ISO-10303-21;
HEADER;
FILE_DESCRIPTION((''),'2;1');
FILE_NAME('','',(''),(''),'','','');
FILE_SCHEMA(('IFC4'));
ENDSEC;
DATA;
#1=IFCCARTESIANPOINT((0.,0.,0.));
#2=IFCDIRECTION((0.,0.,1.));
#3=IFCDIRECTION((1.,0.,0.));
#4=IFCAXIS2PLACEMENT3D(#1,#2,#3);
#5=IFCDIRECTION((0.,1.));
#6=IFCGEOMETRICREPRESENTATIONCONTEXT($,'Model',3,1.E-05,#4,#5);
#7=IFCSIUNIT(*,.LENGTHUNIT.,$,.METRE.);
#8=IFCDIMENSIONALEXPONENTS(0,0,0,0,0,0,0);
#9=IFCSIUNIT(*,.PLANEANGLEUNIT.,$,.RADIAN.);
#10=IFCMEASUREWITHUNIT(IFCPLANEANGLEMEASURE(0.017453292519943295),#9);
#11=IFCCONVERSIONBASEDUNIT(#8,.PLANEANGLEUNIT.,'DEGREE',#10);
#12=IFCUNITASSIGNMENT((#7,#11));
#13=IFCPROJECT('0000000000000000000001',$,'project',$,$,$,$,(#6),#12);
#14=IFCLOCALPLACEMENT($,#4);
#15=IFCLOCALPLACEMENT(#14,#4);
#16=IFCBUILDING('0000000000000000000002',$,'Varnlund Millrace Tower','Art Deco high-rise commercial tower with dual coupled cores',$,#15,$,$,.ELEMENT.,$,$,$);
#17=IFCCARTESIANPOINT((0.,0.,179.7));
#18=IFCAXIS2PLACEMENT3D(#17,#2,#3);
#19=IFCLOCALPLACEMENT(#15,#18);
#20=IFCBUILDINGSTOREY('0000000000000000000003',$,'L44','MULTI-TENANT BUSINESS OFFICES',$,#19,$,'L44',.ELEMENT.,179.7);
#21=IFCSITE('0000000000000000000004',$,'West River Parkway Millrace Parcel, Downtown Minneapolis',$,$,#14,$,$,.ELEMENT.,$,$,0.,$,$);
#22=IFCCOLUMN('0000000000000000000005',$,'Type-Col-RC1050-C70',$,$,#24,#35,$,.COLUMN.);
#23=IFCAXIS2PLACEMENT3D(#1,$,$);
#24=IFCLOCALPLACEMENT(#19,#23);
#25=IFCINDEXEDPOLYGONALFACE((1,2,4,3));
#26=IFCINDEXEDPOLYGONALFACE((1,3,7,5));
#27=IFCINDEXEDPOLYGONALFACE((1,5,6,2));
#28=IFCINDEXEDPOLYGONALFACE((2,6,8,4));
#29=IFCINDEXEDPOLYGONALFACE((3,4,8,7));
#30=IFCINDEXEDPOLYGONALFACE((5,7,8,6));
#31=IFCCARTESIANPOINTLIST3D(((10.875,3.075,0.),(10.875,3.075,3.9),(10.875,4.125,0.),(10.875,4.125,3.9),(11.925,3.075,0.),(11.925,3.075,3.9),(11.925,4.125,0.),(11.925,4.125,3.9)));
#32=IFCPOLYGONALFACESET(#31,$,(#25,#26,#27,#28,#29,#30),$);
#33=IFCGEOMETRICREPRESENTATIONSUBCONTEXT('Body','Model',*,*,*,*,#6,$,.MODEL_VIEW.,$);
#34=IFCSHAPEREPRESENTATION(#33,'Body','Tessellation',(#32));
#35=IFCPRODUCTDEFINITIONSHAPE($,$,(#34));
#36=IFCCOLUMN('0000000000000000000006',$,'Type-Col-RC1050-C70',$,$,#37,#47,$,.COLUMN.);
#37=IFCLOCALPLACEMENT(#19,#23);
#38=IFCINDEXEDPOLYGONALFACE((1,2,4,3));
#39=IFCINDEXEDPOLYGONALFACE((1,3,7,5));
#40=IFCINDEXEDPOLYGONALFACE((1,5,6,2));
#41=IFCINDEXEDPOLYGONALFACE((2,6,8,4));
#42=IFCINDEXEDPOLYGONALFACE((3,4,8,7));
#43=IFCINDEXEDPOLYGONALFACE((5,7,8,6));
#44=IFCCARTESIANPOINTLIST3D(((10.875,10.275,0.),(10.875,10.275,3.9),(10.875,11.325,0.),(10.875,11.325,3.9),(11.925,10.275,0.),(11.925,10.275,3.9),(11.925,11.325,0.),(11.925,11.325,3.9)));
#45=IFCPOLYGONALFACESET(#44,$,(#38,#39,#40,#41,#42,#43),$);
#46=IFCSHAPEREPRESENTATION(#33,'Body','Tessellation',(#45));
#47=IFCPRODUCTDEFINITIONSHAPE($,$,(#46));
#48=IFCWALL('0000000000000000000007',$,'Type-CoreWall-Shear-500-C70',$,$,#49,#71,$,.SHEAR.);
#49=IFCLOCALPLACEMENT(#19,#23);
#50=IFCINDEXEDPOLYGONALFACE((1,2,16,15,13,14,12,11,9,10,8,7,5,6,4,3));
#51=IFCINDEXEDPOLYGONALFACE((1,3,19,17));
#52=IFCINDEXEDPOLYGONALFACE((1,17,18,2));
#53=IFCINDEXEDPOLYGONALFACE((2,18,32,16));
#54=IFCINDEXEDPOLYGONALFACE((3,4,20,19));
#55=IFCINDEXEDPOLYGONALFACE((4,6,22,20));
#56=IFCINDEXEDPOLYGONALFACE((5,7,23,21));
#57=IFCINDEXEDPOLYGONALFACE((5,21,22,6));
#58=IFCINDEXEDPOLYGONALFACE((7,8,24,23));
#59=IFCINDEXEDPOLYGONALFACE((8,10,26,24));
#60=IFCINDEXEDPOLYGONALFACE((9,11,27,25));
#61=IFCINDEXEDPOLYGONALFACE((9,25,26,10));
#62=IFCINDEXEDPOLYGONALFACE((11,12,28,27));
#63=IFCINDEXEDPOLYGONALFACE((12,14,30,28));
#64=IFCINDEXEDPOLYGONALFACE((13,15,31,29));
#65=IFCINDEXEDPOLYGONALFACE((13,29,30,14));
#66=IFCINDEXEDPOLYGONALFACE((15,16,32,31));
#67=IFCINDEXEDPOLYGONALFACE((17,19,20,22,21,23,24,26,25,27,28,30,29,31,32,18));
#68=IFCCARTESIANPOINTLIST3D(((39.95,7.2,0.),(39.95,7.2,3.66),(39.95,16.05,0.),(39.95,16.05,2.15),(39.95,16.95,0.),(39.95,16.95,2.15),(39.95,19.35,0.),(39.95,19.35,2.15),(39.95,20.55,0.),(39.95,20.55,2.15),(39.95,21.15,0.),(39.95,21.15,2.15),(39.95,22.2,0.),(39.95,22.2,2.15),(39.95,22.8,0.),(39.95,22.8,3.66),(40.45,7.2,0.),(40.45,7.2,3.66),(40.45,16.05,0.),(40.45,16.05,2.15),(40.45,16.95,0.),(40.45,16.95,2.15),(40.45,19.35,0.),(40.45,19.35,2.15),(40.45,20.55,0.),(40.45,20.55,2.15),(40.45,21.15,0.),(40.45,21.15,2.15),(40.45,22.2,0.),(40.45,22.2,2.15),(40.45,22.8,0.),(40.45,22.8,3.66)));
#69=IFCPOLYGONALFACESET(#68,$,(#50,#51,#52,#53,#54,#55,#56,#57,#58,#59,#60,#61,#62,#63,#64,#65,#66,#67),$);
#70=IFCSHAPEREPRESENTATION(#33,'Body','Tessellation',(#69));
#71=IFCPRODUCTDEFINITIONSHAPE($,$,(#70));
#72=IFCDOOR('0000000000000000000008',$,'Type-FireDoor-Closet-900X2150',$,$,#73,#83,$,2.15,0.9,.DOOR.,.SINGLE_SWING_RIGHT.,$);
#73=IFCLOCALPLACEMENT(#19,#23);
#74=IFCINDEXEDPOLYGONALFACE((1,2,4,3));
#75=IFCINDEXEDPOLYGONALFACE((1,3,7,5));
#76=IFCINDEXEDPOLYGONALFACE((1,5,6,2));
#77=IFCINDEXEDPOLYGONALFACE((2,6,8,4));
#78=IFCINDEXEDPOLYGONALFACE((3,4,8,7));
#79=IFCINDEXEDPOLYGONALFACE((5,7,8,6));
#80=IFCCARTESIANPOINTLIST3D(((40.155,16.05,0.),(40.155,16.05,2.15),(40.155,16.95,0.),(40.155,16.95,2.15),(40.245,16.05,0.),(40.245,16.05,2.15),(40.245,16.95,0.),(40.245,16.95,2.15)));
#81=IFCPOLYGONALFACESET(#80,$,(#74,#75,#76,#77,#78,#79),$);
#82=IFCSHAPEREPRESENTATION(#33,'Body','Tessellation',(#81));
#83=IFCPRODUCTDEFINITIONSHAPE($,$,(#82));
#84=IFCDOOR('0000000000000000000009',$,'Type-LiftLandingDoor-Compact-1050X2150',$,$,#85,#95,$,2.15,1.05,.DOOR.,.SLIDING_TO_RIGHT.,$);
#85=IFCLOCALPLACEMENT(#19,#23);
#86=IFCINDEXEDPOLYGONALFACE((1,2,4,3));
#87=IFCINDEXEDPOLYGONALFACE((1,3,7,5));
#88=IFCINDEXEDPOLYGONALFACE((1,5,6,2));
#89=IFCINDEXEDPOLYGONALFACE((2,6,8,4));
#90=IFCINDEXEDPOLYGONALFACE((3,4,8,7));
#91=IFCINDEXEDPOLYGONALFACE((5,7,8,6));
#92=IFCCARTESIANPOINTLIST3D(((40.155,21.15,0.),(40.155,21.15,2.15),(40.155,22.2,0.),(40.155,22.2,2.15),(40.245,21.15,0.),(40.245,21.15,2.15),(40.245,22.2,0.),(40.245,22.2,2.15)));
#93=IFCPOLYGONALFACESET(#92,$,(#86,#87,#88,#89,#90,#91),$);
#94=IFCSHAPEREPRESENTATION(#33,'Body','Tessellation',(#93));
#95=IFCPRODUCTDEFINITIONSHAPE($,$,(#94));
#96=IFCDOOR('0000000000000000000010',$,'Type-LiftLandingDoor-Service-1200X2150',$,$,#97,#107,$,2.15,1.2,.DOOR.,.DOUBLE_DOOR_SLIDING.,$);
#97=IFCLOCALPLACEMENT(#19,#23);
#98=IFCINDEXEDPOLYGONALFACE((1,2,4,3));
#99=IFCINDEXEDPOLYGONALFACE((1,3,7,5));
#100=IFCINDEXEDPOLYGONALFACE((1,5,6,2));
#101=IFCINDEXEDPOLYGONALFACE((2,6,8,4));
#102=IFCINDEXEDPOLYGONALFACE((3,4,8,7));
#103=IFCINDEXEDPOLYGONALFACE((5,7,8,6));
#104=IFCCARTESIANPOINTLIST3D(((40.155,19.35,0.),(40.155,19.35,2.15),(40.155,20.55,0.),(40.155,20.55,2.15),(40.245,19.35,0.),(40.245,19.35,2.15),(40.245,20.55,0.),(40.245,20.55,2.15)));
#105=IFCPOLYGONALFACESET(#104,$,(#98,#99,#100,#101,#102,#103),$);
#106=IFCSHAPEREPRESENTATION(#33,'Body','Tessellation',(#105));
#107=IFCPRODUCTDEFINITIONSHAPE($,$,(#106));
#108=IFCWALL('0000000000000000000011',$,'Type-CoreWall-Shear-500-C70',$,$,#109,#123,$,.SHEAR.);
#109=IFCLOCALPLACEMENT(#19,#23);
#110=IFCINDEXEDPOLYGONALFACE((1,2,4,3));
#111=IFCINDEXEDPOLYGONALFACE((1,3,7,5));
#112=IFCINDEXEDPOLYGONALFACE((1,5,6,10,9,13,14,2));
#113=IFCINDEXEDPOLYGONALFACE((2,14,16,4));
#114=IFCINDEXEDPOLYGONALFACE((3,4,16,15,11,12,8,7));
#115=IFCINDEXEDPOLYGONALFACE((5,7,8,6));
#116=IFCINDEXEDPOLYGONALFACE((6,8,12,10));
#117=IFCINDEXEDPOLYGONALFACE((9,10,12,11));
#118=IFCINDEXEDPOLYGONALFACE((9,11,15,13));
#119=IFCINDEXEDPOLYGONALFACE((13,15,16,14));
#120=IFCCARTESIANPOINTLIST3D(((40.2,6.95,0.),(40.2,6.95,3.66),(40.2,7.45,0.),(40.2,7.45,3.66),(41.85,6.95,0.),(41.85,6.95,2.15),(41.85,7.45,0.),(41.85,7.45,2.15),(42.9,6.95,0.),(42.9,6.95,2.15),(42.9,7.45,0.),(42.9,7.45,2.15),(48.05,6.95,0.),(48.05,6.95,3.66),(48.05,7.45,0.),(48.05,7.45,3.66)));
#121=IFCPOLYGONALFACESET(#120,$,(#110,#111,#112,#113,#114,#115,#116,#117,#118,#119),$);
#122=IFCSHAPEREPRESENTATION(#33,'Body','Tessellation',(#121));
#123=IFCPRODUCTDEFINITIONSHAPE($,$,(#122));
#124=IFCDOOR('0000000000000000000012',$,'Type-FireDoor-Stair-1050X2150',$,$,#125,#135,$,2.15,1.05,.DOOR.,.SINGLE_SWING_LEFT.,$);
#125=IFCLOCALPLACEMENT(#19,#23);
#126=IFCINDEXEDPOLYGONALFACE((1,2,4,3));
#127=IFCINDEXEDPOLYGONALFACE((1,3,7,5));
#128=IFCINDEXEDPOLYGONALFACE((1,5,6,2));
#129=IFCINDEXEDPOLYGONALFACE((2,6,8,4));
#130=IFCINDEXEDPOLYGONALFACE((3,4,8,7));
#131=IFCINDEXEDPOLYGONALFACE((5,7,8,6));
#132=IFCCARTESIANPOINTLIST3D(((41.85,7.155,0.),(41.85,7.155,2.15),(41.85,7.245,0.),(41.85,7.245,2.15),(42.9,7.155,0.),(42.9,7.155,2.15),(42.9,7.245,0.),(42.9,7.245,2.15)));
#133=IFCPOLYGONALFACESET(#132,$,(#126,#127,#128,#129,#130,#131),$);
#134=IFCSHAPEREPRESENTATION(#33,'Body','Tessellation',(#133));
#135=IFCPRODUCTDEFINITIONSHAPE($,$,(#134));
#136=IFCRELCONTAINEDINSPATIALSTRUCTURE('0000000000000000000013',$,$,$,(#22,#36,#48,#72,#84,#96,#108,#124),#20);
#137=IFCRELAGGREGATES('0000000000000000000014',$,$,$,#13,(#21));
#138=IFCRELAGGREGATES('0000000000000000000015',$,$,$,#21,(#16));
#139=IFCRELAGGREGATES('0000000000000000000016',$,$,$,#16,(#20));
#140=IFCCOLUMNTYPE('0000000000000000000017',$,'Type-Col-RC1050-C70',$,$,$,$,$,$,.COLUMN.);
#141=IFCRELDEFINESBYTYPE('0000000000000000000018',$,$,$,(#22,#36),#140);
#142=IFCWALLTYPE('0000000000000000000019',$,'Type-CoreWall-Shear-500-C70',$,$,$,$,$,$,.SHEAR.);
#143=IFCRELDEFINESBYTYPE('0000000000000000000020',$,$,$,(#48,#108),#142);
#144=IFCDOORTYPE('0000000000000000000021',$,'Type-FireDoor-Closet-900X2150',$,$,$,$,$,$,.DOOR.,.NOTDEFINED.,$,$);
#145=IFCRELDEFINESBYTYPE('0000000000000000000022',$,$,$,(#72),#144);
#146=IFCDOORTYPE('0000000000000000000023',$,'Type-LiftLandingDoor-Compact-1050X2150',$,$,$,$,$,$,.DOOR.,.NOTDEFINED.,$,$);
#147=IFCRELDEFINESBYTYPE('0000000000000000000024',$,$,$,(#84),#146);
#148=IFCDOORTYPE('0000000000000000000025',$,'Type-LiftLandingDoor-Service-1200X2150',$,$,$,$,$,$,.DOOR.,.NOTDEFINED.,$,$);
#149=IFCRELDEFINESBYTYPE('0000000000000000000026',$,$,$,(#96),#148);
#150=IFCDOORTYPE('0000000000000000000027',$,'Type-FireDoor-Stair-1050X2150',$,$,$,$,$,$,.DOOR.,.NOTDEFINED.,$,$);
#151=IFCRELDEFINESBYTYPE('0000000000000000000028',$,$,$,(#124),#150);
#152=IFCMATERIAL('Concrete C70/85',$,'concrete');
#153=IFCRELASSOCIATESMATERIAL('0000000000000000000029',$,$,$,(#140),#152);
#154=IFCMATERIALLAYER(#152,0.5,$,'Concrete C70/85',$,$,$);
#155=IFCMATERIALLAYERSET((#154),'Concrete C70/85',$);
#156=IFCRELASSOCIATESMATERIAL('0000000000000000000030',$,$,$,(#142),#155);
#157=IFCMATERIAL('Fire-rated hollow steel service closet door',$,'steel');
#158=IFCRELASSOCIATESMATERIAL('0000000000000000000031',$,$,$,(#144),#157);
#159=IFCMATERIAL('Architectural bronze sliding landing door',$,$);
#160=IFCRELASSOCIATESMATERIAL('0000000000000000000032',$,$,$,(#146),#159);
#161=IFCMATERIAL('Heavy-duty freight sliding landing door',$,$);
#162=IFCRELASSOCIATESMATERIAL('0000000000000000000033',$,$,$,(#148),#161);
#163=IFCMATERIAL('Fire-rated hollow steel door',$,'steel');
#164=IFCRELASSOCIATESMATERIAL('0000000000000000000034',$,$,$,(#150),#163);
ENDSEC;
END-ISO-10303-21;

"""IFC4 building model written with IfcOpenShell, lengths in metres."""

from ifc_helpers import new_model, entity, si_unit, converted_unit, direction, frame, origin_with_axes, origin_2d_with_axis, place, context, subcontext, project, spatial, polyline, rectangle, outline, extrude, material, layer, layer_set, material_profile, profile_set, type_object, element, fill, save


model = new_model("IFC4")

# Units and contexts
model_context = context("Model", 3, precision=1e-05, world=origin_with_axes(), true_north=direction((0.0, 1.0)))
body_context = subcontext(model_context, "Body", "Model", "MODEL_VIEW")
ifc_project = project(units=[si_unit("LENGTHUNIT", "METRE"), converted_unit("PLANEANGLEUNIT", "DEGREE", entity("IfcPlaneAngleMeasure", 0.017453292519943295), si_unit("PLANEANGLEUNIT", "RADIAN"), dimensions=[0, 0, 0, 0, 0, 0, 0])], contexts=[model_context])

# Site, building, storey
site_placement = place(None, origin_with_axes())
site = spatial("IfcSite", under=ifc_project, at=site_placement, Name="West River Parkway Millrace Parcel, Downtown Minneapolis", CompositionType="ELEMENT", RefElevation=0.0)
building_placement = place(site_placement, origin_with_axes())
building = spatial("IfcBuilding", under=site, at=building_placement, Name="Varnlund Millrace Tower", Description="Art Deco high-rise commercial tower with dual coupled cores", CompositionType="ELEMENT")
storey_placement = place(building_placement, frame((0.0, 0.0, 179.7), z_axis=(0.0, 0.0, 1.0), x_axis=(1.0, 0.0, 0.0)))
storey = spatial("IfcBuildingStorey", under=building, at=storey_placement, Name="L44", Description="MULTI-TENANT BUSINESS OFFICES", LongName="L44", CompositionType="ELEMENT", Elevation=179.7)

# Columns
ifc_material_1 = material(Name="Concrete C70/85", Category="concrete")
ifc_material_profile = material_profile(ifc_material_1, rectangle(XDim=1.05, YDim=1.05, at=origin_2d_with_axis()), Name="Concrete C70/85")
ifc_profile_set = profile_set([ifc_material_profile], Name="Concrete C70/85")
column_type = type_object("IfcColumnType", Name="Type-Col-RC1050-C70", PredefinedType="COLUMN", material=ifc_profile_set)
for number, where, z_axis, x_axis, name in (
    (1, (11.4, 3.6, 0.0), (0.0, 0.0, 1.0), (1.0, 0.0, 0.0), "Type-Col-RC1050-C70"),
    (2, (11.4, 10.8, 0.0), (0.0, 0.0, 1.0), (1.0, 0.0, 0.0), "Type-Col-RC1050-C70"),
):
    element("IfcColumn", number, at=place(storey_placement, frame(where, z_axis=z_axis, x_axis=x_axis)), inside=storey, type_object=column_type, Name=name, PredefinedType="COLUMN", context=body_context, shape_type="SweptSolid", body=[
        extrude(rectangle(XDim=1.05, YDim=1.05, at=origin_2d_with_axis()), origin_with_axes(), (0.0, 0.0, 1.0), 3.9),
    ])

# Wall, openings, doors
ifc_layer_1 = layer(ifc_material_1, 0.5, Name="Concrete C70/85")
ifc_layer_set_1 = layer_set([ifc_layer_1], Name="Concrete C70/85")
wall_type_1 = type_object("IfcWallType", Name="Type-CoreWall-Shear-500-C70", PredefinedType="SHEAR", material=ifc_layer_set_1)
wall_1_placement = place(storey_placement, frame((40.2, 7.2, 0.0), z_axis=(0.0, 0.0, 1.0), x_axis=(0.0, 1.0, 0.0)))
wall_1 = element("IfcWall", 3, at=wall_1_placement, inside=storey, type_object=wall_type_1, Name="Type-CoreWall-Shear-500-C70", PredefinedType="SHEAR", context=body_context, shape_type="SweptSolid", body=[
    extrude(outline(polyline([(0.0, -0.25), (15.6, -0.25), (15.6, 0.25), (0.0, 0.25), (0.0, -0.25)])), origin_with_axes(), (0.0, 0.0, 1.0), 3.66),
])
opening_1_placement = place(wall_1_placement, frame((14.475, 0.0, 0.0), z_axis=(0.0, 0.0, 1.0), x_axis=(1.0, 0.0, 0.0)))
opening_1 = element("IfcOpeningElement", 4, at=opening_1_placement, cuts=wall_1, PredefinedType="OPENING", context=body_context, shape_type="SweptSolid", body=[
    extrude(rectangle(XDim=1.05, YDim=0.52, at=origin_2d_with_axis()), origin_with_axes(), (0.0, 0.0, 1.0), 2.15),
])
opening_2_placement = place(wall_1_placement, frame((12.75, 0.0, 0.0), z_axis=(0.0, 0.0, 1.0), x_axis=(1.0, 0.0, 0.0)))
opening_2 = element("IfcOpeningElement", 5, at=opening_2_placement, cuts=wall_1, PredefinedType="OPENING", context=body_context, shape_type="SweptSolid", body=[
    extrude(rectangle(XDim=1.2, YDim=0.52, at=origin_2d_with_axis()), origin_with_axes(), (0.0, 0.0, 1.0), 2.15),
])
opening_3_placement = place(wall_1_placement, frame((9.3, 0.0, 0.0), z_axis=(0.0, 0.0, 1.0), x_axis=(1.0, 0.0, 0.0)))
opening_3 = element("IfcOpeningElement", 6, at=opening_3_placement, cuts=wall_1, PredefinedType="OPENING", context=body_context, shape_type="SweptSolid", body=[
    extrude(rectangle(XDim=0.9, YDim=0.52, at=origin_2d_with_axis()), origin_with_axes(), (0.0, 0.0, 1.0), 2.15),
])
ifc_material_2 = material(Name="Fire-rated hollow steel service closet door", Category="steel")
door_type_1 = type_object("IfcDoorType", Name="Type-FireDoor-Closet-900X2150", OperationType="NOTDEFINED", PredefinedType="DOOR", material=ifc_material_2)
door_1_placement = place(wall_1_placement, frame((9.3, 0.0, 0.0), z_axis=(0.0, 0.0, 1.0), x_axis=(1.0, 0.0, 0.0)))
door_1 = element("IfcDoor", 7, at=door_1_placement, inside=storey, type_object=door_type_1, Name="Type-FireDoor-Closet-900X2150", OperationType="SINGLE_SWING_RIGHT", OverallHeight=2.15, OverallWidth=0.9, PredefinedType="DOOR", context=body_context, shape_type="SweptSolid", body=[
    extrude(rectangle(XDim=0.9, YDim=0.09, at=origin_2d_with_axis()), origin_with_axes(), (0.0, 0.0, 1.0), 2.15),
])
fill(opening_3, door_1)
ifc_material_3 = material(Name="Architectural bronze sliding landing door")
door_type_2 = type_object("IfcDoorType", Name="Type-LiftLandingDoor-Compact-1050X2150", OperationType="NOTDEFINED", PredefinedType="DOOR", material=ifc_material_3)
door_2_placement = place(wall_1_placement, frame((14.475, 0.0, 0.0), z_axis=(0.0, 0.0, 1.0), x_axis=(1.0, 0.0, 0.0)))
door_2 = element("IfcDoor", 8, at=door_2_placement, inside=storey, type_object=door_type_2, Name="Type-LiftLandingDoor-Compact-1050X2150", OperationType="SLIDING_TO_RIGHT", OverallHeight=2.15, OverallWidth=1.05, PredefinedType="DOOR", context=body_context, shape_type="SweptSolid", body=[
    extrude(rectangle(XDim=1.05, YDim=0.09, at=origin_2d_with_axis()), origin_with_axes(), (0.0, 0.0, 1.0), 2.15),
])
fill(opening_1, door_2)
ifc_material_4 = material(Name="Heavy-duty freight sliding landing door")
door_type_3 = type_object("IfcDoorType", Name="Type-LiftLandingDoor-Service-1200X2150", OperationType="NOTDEFINED", PredefinedType="DOOR", material=ifc_material_4)
door_3_placement = place(wall_1_placement, frame((12.75, 0.0, 0.0), z_axis=(0.0, 0.0, 1.0), x_axis=(1.0, 0.0, 0.0)))
door_3 = element("IfcDoor", 9, at=door_3_placement, inside=storey, type_object=door_type_3, Name="Type-LiftLandingDoor-Service-1200X2150", OperationType="DOUBLE_DOOR_SLIDING", OverallHeight=2.15, OverallWidth=1.2, PredefinedType="DOOR", context=body_context, shape_type="SweptSolid", body=[
    extrude(rectangle(XDim=1.2, YDim=0.09, at=origin_2d_with_axis()), origin_with_axes(), (0.0, 0.0, 1.0), 2.15),
])
fill(opening_2, door_3)

# Wall, opening, door
wall_2_placement = place(storey_placement, frame((40.2, 7.2, 0.0), z_axis=(0.0, 0.0, 1.0), x_axis=(1.0, 0.0, 0.0)))
wall_2 = element("IfcWall", 10, at=wall_2_placement, inside=storey, type_object=wall_type_1, Name="Type-CoreWall-Shear-500-C70", PredefinedType="SHEAR", context=body_context, shape_type="SweptSolid", body=[
    extrude(outline(polyline([(0.0, -0.25), (7.85, -0.25), (7.85, 0.25), (0.0, 0.25), (0.0, -0.25)])), origin_with_axes(), (0.0, 0.0, 1.0), 3.66),
])
opening_4_placement = place(wall_2_placement, frame((2.175, 0.0, 0.0), z_axis=(0.0, 0.0, 1.0), x_axis=(1.0, 0.0, 0.0)))
opening_4 = element("IfcOpeningElement", 11, at=opening_4_placement, cuts=wall_2, PredefinedType="OPENING", context=body_context, shape_type="SweptSolid", body=[
    extrude(rectangle(XDim=1.05, YDim=0.52, at=origin_2d_with_axis()), origin_with_axes(), (0.0, 0.0, 1.0), 2.15),
])
ifc_material_5 = material(Name="Fire-rated hollow steel door", Category="steel")
door_type_4 = type_object("IfcDoorType", Name="Type-FireDoor-Stair-1050X2150", OperationType="NOTDEFINED", PredefinedType="DOOR", material=ifc_material_5)
door_4_placement = place(wall_2_placement, frame((2.175, 0.0, 0.0), z_axis=(0.0, 0.0, 1.0), x_axis=(1.0, 0.0, 0.0)))
door_4 = element("IfcDoor", 12, at=door_4_placement, inside=storey, type_object=door_type_4, Name="Type-FireDoor-Stair-1050X2150", OperationType="SINGLE_SWING_LEFT", OverallHeight=2.15, OverallWidth=1.05, PredefinedType="DOOR", context=body_context, shape_type="SweptSolid", body=[
    extrude(rectangle(XDim=1.05, YDim=0.09, at=origin_2d_with_axis()), origin_with_axes(), (0.0, 0.0, 1.0), 2.15),
])
fill(opening_4, door_4)

save(model, "model.ifc")
